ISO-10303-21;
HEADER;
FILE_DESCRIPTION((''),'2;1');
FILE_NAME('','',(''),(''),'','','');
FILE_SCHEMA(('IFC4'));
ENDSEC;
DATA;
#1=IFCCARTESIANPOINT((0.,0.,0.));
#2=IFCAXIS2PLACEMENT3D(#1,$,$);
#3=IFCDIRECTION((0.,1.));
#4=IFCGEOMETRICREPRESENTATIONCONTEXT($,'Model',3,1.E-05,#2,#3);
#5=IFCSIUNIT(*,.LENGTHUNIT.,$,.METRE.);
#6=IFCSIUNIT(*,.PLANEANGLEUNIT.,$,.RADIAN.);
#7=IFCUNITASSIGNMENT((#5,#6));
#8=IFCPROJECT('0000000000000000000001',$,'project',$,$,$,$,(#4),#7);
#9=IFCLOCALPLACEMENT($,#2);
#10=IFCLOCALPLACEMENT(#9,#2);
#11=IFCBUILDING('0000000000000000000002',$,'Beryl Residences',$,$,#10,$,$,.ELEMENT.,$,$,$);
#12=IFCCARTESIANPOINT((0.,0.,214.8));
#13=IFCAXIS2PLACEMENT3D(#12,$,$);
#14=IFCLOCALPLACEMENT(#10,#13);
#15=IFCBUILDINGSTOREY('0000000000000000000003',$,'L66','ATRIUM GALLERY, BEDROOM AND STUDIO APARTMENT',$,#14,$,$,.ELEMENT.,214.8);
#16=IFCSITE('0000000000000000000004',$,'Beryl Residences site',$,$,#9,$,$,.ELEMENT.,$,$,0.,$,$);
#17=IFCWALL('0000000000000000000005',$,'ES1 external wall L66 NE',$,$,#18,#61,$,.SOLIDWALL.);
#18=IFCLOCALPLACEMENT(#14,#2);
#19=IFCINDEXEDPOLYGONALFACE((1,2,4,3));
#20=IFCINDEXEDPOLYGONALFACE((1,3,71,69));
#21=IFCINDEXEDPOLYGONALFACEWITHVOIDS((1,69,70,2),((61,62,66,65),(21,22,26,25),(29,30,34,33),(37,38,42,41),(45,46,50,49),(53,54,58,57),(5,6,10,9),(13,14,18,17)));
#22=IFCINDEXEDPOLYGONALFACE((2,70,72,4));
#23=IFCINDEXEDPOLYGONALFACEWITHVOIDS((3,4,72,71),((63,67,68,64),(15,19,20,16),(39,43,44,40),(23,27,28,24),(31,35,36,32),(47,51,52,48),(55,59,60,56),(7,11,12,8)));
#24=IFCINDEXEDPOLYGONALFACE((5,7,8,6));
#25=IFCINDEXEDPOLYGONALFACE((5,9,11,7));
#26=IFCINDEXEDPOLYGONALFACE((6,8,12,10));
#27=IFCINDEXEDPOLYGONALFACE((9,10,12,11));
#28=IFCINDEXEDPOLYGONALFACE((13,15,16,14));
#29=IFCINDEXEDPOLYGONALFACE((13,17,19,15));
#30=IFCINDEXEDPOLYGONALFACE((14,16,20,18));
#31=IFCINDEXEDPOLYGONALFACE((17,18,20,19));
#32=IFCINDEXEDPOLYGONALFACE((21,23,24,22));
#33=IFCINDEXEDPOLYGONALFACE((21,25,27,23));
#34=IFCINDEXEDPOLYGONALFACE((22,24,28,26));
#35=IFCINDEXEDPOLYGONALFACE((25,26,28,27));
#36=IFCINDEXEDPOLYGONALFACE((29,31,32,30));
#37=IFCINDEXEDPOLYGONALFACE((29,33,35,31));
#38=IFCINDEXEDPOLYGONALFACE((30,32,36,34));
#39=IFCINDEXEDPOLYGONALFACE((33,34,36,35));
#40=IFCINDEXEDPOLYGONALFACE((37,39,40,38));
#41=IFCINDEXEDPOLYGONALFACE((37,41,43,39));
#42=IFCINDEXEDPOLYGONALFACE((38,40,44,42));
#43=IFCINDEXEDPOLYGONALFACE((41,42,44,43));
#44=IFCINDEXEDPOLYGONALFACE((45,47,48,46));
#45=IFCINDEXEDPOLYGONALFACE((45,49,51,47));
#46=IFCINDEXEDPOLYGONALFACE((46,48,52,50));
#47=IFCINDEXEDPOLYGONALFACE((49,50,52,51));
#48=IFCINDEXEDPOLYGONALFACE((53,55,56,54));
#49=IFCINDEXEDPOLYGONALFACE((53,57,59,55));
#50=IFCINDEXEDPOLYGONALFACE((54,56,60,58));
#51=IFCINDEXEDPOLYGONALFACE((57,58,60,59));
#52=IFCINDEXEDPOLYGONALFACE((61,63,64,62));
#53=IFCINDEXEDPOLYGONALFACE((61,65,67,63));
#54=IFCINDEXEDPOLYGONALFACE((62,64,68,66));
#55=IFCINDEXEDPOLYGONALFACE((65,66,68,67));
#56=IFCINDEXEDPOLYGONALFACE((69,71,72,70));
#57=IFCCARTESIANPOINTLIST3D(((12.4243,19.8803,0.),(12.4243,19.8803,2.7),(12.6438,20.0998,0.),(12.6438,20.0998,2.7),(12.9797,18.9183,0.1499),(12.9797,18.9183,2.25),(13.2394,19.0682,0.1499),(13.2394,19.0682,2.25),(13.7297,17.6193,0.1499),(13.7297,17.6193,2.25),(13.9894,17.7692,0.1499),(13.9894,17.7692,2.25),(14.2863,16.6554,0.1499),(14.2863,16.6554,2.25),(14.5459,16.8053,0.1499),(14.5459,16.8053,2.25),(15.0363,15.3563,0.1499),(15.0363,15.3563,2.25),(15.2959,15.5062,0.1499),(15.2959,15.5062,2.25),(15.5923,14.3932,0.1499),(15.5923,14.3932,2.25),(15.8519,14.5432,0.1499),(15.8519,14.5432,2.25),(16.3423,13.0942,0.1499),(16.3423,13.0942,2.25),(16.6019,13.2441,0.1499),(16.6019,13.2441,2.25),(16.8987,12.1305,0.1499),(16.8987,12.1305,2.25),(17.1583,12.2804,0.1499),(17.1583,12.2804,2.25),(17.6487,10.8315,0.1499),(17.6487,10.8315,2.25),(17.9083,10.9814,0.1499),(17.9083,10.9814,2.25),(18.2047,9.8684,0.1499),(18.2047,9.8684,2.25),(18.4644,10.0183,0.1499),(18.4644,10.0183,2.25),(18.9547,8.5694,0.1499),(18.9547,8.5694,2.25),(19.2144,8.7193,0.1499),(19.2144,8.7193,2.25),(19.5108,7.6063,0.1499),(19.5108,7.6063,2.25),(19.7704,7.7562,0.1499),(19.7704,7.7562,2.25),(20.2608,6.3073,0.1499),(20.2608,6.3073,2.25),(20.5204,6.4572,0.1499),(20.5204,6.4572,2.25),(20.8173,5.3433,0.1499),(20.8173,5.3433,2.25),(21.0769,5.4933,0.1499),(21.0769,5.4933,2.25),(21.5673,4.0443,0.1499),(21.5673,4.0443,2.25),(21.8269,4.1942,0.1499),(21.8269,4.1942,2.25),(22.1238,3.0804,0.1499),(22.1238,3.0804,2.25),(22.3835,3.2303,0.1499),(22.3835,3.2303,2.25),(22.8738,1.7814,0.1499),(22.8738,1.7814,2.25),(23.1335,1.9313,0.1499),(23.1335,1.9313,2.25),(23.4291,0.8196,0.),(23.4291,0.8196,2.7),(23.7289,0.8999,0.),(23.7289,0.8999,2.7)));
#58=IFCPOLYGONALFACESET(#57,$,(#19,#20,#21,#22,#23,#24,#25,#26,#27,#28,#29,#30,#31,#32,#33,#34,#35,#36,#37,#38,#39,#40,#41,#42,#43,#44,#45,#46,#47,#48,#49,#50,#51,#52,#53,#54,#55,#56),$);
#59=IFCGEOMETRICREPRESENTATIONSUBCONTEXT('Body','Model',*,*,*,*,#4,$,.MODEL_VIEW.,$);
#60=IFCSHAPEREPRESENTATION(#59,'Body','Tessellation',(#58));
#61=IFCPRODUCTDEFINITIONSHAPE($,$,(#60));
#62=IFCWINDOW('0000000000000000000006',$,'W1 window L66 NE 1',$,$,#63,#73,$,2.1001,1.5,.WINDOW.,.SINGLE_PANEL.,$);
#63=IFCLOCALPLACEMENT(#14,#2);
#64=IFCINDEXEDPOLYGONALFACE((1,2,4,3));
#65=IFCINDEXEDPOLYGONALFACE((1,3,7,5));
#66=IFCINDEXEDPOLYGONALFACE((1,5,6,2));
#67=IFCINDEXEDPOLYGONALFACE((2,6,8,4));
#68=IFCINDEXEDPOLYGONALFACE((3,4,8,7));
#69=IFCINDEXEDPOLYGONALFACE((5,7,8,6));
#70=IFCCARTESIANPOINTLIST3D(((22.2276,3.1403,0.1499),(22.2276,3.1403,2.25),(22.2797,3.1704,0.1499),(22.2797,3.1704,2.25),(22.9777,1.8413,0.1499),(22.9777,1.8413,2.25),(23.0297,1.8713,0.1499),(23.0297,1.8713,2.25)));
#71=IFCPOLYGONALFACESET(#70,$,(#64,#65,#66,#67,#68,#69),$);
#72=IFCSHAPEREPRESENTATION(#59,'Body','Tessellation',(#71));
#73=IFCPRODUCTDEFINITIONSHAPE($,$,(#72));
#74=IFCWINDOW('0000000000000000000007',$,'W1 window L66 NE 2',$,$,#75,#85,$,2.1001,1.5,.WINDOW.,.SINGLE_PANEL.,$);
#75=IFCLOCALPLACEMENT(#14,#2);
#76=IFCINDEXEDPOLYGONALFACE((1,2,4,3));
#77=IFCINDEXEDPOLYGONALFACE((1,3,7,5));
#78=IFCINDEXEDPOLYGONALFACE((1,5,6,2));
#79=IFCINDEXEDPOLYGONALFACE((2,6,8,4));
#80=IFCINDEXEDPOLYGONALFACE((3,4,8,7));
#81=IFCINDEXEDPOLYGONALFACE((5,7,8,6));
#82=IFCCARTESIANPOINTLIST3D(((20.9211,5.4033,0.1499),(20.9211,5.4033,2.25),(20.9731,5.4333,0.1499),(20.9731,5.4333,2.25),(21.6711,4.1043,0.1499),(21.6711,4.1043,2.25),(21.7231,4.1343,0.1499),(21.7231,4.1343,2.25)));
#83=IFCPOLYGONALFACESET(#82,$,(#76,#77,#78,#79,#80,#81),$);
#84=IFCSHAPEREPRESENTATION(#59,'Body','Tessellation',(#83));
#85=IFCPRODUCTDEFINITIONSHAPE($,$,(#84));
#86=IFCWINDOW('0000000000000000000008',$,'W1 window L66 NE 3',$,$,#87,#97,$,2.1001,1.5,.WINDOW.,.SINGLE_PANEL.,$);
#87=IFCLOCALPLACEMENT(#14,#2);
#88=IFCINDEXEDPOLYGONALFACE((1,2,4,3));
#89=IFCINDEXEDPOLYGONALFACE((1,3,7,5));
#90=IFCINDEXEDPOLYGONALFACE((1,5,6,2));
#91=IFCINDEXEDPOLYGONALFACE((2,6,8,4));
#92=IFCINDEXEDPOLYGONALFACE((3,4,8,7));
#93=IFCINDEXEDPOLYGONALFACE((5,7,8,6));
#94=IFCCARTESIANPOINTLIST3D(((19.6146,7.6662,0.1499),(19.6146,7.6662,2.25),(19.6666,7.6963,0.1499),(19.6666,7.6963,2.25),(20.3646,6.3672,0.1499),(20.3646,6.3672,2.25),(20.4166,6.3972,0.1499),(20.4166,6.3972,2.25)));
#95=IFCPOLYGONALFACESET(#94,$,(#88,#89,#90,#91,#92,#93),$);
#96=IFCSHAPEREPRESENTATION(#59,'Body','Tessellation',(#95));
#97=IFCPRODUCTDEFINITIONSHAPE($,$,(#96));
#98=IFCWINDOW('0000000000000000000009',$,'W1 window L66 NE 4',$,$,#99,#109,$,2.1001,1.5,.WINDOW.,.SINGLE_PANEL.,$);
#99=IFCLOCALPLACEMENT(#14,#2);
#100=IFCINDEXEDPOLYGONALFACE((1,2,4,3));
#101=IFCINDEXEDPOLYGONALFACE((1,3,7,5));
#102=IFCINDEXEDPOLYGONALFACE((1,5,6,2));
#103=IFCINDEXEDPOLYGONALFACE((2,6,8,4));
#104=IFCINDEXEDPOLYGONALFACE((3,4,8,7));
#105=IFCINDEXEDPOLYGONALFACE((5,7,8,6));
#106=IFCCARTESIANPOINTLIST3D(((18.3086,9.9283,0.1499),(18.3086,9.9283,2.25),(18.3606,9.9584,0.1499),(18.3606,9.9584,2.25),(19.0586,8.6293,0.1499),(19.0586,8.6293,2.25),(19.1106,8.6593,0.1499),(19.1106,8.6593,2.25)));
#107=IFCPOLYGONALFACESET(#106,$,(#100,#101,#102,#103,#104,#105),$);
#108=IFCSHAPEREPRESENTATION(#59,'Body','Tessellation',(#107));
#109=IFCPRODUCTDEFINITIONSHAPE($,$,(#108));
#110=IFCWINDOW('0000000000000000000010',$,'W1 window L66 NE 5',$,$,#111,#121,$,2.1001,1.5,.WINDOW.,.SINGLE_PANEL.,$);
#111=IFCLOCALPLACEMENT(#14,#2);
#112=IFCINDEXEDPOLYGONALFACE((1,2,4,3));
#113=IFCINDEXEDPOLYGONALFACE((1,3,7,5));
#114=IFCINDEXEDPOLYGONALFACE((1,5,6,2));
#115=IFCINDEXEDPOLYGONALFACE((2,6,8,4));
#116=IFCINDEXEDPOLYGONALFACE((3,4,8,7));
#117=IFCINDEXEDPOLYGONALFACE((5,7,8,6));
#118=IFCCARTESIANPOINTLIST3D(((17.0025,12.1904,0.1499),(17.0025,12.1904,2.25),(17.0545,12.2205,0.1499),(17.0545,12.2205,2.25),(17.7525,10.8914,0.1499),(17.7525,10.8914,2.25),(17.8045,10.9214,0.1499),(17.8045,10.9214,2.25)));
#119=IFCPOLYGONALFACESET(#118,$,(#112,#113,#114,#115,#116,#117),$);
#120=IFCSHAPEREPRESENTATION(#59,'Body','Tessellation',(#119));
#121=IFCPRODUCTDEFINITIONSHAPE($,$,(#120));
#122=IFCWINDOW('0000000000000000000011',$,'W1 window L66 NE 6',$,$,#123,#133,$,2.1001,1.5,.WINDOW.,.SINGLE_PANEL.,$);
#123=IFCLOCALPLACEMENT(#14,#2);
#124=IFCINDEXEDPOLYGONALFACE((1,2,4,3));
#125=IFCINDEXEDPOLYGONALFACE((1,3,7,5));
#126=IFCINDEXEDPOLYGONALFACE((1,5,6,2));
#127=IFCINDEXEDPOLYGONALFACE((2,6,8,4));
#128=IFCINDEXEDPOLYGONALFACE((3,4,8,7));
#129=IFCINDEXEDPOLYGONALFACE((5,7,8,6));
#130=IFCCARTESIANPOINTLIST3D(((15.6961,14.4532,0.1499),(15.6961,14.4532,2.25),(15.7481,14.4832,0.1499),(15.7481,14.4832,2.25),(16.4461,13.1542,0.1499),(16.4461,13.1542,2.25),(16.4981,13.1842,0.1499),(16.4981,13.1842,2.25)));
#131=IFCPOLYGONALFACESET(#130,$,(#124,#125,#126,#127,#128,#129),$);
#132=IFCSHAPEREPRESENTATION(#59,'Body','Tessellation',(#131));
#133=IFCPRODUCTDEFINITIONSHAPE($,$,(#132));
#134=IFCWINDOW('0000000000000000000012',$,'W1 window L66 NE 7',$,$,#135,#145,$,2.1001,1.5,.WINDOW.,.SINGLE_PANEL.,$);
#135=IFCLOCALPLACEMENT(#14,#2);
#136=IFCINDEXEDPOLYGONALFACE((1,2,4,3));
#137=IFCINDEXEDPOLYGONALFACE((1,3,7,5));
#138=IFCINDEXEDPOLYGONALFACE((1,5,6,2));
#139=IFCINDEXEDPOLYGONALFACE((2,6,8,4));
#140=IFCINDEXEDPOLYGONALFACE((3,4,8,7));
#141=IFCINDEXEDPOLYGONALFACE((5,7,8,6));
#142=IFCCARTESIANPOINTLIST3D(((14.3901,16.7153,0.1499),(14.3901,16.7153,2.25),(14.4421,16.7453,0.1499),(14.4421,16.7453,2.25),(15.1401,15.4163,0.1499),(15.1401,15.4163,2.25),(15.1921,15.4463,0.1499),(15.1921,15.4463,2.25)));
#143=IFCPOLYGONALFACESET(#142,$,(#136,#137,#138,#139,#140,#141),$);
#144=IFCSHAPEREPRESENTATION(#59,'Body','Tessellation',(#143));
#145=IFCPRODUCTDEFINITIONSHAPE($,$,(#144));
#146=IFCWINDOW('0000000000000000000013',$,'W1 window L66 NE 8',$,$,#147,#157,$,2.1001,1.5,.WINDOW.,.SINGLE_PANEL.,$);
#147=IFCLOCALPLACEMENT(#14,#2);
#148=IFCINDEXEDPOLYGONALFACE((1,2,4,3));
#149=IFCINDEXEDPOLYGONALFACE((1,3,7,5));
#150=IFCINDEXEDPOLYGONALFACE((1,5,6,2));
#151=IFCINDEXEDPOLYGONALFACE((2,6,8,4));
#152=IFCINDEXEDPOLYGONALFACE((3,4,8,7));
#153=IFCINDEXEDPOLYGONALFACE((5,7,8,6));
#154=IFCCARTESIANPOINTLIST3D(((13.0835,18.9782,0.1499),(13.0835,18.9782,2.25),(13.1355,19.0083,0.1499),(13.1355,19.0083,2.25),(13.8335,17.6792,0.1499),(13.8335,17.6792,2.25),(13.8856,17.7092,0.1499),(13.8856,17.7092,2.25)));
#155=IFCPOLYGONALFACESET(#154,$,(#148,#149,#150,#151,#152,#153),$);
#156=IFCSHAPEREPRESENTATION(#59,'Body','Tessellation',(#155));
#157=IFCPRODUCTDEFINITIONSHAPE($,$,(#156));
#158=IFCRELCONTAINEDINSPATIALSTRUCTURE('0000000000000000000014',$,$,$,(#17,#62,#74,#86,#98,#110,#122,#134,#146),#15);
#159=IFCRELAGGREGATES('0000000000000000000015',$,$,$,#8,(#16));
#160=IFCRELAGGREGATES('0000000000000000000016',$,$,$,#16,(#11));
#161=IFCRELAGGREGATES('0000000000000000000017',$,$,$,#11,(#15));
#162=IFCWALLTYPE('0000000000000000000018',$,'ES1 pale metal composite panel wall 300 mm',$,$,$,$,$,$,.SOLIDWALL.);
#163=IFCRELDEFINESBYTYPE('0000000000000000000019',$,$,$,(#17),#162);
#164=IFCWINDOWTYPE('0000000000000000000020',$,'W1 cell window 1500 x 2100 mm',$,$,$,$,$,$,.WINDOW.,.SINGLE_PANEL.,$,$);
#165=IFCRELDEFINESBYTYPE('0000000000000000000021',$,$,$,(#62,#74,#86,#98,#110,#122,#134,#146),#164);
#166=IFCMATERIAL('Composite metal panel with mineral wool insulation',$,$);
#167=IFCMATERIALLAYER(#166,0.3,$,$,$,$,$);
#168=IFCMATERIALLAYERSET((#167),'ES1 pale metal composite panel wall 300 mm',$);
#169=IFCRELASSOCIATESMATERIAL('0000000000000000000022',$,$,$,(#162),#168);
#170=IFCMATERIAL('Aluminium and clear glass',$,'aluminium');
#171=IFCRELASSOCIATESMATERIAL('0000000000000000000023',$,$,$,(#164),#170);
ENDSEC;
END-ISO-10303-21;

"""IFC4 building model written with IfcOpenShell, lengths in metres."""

from ifc_helpers import new_model, si_unit, direction, frame, frame_2d, origin, place, context, subcontext, project, spatial, polyline, rectangle, outline, extrude, material, layer, layer_set, type_object, element, fill, save


model = new_model("IFC4")

# Units and contexts
model_context = context("Model", 3, precision=1e-05, world=origin(), true_north=direction((0.0, 1.0)))
body_context = subcontext(model_context, "Body", "Model", "MODEL_VIEW")
ifc_project = project(units=[si_unit("LENGTHUNIT", "METRE"), si_unit("PLANEANGLEUNIT", "RADIAN")], contexts=[model_context])

# Site, building, storey
site_placement = place(None, origin())
site = spatial("IfcSite", under=ifc_project, at=site_placement, Name="Beryl Residences site", CompositionType="ELEMENT", RefElevation=0.0)
building_placement = place(site_placement, origin())
building = spatial("IfcBuilding", under=site, at=building_placement, Name="Beryl Residences", CompositionType="ELEMENT")
storey_placement = place(building_placement, frame((0.0, 0.0, 214.8)))
storey = spatial("IfcBuildingStorey", under=building, at=storey_placement, Name="L66", Description="ATRIUM GALLERY, BEDROOM AND STUDIO APARTMENT", CompositionType="ELEMENT", Elevation=214.8)

# Wall, openings, windows
ifc_material_1 = material(Name="Composite metal panel with mineral wool insulation")
ifc_layer_1 = layer(ifc_material_1, 0.3)
ifc_layer_set_1 = layer_set([ifc_layer_1], Name="ES1 pale metal composite panel wall 300 mm")
wall_type_1 = type_object("IfcWallType", Name="ES1 pale metal composite panel wall 300 mm", PredefinedType="SOLIDWALL", material=ifc_layer_set_1)
wall_1_placement = place(storey_placement, frame((23.5991, 0.825, 0.0), z_axis=(0.0, 0.0, 1.0), x_axis=(-0.500004, 0.866023, 0.0)))
wall_1 = element("IfcWall", 1, at=wall_1_placement, inside=storey, type_object=wall_type_1, Name="ES1 external wall L66 NE", PredefinedType="SOLIDWALL", context=body_context, shape_type="SweptSolid", body=[
    extrude(outline(polyline([(0.0, -0.1499), (22.1702, -0.1499), (22.0898, 0.1499), (0.0803, 0.1499), (0.0, -0.1499)])), origin(), (0.0, 0.0, 1.0), 2.7),
])
opening_1_placement = place(wall_1_placement, frame((1.1909, 0.0, 0.1499)))
opening_1 = element("IfcOpeningElement", 2, at=opening_1_placement, cuts=wall_1, PredefinedType="OPENING", context=body_context, shape_type="SweptSolid", body=[
    extrude(rectangle(XDim=1.5, YDim=2.1001, at=frame_2d((0.75, 1.05))), frame((0.0, 0.1599, 0.0), z_axis=(0.0, -1.0, 0.0), x_axis=(1.0, 0.0, 0.0)), (0.0, 0.0, 1.0), 0.3201),
])
opening_2_placement = place(wall_1_placement, frame((3.804, 0.0, 0.1499)))
opening_2 = element("IfcOpeningElement", 3, at=opening_2_placement, cuts=wall_1, PredefinedType="OPENING", context=body_context, shape_type="SweptSolid", body=[
    extrude(rectangle(XDim=1.5, YDim=2.1001, at=frame_2d((0.75, 1.05))), frame((0.0, 0.1599, 0.0), z_axis=(0.0, -1.0, 0.0), x_axis=(1.0, 0.0, 0.0)), (0.0, 0.0, 1.0), 0.3201),
])
opening_3_placement = place(wall_1_placement, frame((6.417, 0.0, 0.1499)))
opening_3 = element("IfcOpeningElement", 4, at=opening_3_placement, cuts=wall_1, PredefinedType="OPENING", context=body_context, shape_type="SweptSolid", body=[
    extrude(rectangle(XDim=1.5, YDim=2.1001, at=frame_2d((0.75, 1.05))), frame((0.0, 0.1599, 0.0), z_axis=(0.0, -1.0, 0.0), x_axis=(1.0, 0.0, 0.0)), (0.0, 0.0, 1.0), 0.3201),
])
opening_4_placement = place(wall_1_placement, frame((9.0291, 0.0, 0.1499)))
opening_4 = element("IfcOpeningElement", 5, at=opening_4_placement, cuts=wall_1, PredefinedType="OPENING", context=body_context, shape_type="SweptSolid", body=[
    extrude(rectangle(XDim=1.5, YDim=2.1001, at=frame_2d((0.75, 1.05))), frame((0.0, 0.1599, 0.0), z_axis=(0.0, -1.0, 0.0), x_axis=(1.0, 0.0, 0.0)), (0.0, 0.0, 1.0), 0.3201),
])
opening_5_placement = place(wall_1_placement, frame((11.6411, 0.0, 0.1499)))
opening_5 = element("IfcOpeningElement", 6, at=opening_5_placement, cuts=wall_1, PredefinedType="OPENING", context=body_context, shape_type="SweptSolid", body=[
    extrude(rectangle(XDim=1.5, YDim=2.1001, at=frame_2d((0.75, 1.05))), frame((0.0, 0.1599, 0.0), z_axis=(0.0, -1.0, 0.0), x_axis=(1.0, 0.0, 0.0)), (0.0, 0.0, 1.0), 0.3201),
])
opening_6_placement = place(wall_1_placement, frame((14.2539, 0.0, 0.1499)))
opening_6 = element("IfcOpeningElement", 7, at=opening_6_placement, cuts=wall_1, PredefinedType="OPENING", context=body_context, shape_type="SweptSolid", body=[
    extrude(rectangle(XDim=1.5, YDim=2.1001, at=frame_2d((0.75, 1.05))), frame((0.0, 0.1599, 0.0), z_axis=(0.0, -1.0, 0.0), x_axis=(1.0, 0.0, 0.0)), (0.0, 0.0, 1.0), 0.3201),
])
opening_7_placement = place(wall_1_placement, frame((16.866, 0.0, 0.1499)))
opening_7 = element("IfcOpeningElement", 8, at=opening_7_placement, cuts=wall_1, PredefinedType="OPENING", context=body_context, shape_type="SweptSolid", body=[
    extrude(rectangle(XDim=1.5, YDim=2.1001, at=frame_2d((0.75, 1.05))), frame((0.0, 0.1599, 0.0), z_axis=(0.0, -1.0, 0.0), x_axis=(1.0, 0.0, 0.0)), (0.0, 0.0, 1.0), 0.3201),
])
opening_8_placement = place(wall_1_placement, frame((19.479, 0.0, 0.1499)))
opening_8 = element("IfcOpeningElement", 9, at=opening_8_placement, cuts=wall_1, PredefinedType="OPENING", context=body_context, shape_type="SweptSolid", body=[
    extrude(rectangle(XDim=1.5, YDim=2.1001, at=frame_2d((0.75, 1.05))), frame((0.0, 0.1599, 0.0), z_axis=(0.0, -1.0, 0.0), x_axis=(1.0, 0.0, 0.0)), (0.0, 0.0, 1.0), 0.3201),
])
ifc_material_2 = material(Name="Aluminium and clear glass", Category="aluminium")
window_type = type_object("IfcWindowType", Name="W1 cell window 1500 x 2100 mm", PartitioningType="SINGLE_PANEL", PredefinedType="WINDOW", material=ifc_material_2)
window_1_placement = place(opening_1_placement, origin())
window_1 = element("IfcWindow", 10, at=window_1_placement, inside=storey, type_object=window_type, Name="W1 window L66 NE 1", OverallHeight=2.1001, OverallWidth=1.5, PartitioningType="SINGLE_PANEL", PredefinedType="WINDOW", context=body_context, shape_type="SweptSolid", body=[
    extrude(rectangle(XDim=1.5, YDim=2.1001, at=frame_2d((0.75, 1.05))), frame((0.0, 0.03, 0.0), z_axis=(0.0, -1.0, 0.0), x_axis=(1.0, 0.0, 0.0)), (0.0, 0.0, 1.0), 0.0601),
])
fill(opening_1, window_1)
window_2_placement = place(opening_2_placement, origin())
window_2 = element("IfcWindow", 11, at=window_2_placement, inside=storey, type_object=window_type, Name="W1 window L66 NE 2", OverallHeight=2.1001, OverallWidth=1.5, PartitioningType="SINGLE_PANEL", PredefinedType="WINDOW", context=body_context, shape_type="SweptSolid", body=[
    extrude(rectangle(XDim=1.5, YDim=2.1001, at=frame_2d((0.75, 1.05))), frame((0.0, 0.03, 0.0), z_axis=(0.0, -1.0, 0.0), x_axis=(1.0, 0.0, 0.0)), (0.0, 0.0, 1.0), 0.0601),
])
fill(opening_2, window_2)
window_3_placement = place(opening_3_placement, origin())
window_3 = element("IfcWindow", 12, at=window_3_placement, inside=storey, type_object=window_type, Name="W1 window L66 NE 3", OverallHeight=2.1001, OverallWidth=1.5, PartitioningType="SINGLE_PANEL", PredefinedType="WINDOW", context=body_context, shape_type="SweptSolid", body=[
    extrude(rectangle(XDim=1.5, YDim=2.1001, at=frame_2d((0.75, 1.05))), frame((0.0, 0.03, 0.0), z_axis=(0.0, -1.0, 0.0), x_axis=(1.0, 0.0, 0.0)), (0.0, 0.0, 1.0), 0.0601),
])
fill(opening_3, window_3)
window_4_placement = place(opening_4_placement, origin())
window_4 = element("IfcWindow", 13, at=window_4_placement, inside=storey, type_object=window_type, Name="W1 window L66 NE 4", OverallHeight=2.1001, OverallWidth=1.5, PartitioningType="SINGLE_PANEL", PredefinedType="WINDOW", context=body_context, shape_type="SweptSolid", body=[
    extrude(rectangle(XDim=1.5, YDim=2.1001, at=frame_2d((0.75, 1.05))), frame((0.0, 0.03, 0.0), z_axis=(0.0, -1.0, 0.0), x_axis=(1.0, 0.0, 0.0)), (0.0, 0.0, 1.0), 0.0601),
])
fill(opening_4, window_4)
window_5_placement = place(opening_5_placement, origin())
window_5 = element("IfcWindow", 14, at=window_5_placement, inside=storey, type_object=window_type, Name="W1 window L66 NE 5", OverallHeight=2.1001, OverallWidth=1.5, PartitioningType="SINGLE_PANEL", PredefinedType="WINDOW", context=body_context, shape_type="SweptSolid", body=[
    extrude(rectangle(XDim=1.5, YDim=2.1001, at=frame_2d((0.75, 1.05))), frame((0.0, 0.03, 0.0), z_axis=(0.0, -1.0, 0.0), x_axis=(1.0, 0.0, 0.0)), (0.0, 0.0, 1.0), 0.0601),
])
fill(opening_5, window_5)
window_6_placement = place(opening_6_placement, origin())
window_6 = element("IfcWindow", 15, at=window_6_placement, inside=storey, type_object=window_type, Name="W1 window L66 NE 6", OverallHeight=2.1001, OverallWidth=1.5, PartitioningType="SINGLE_PANEL", PredefinedType="WINDOW", context=body_context, shape_type="SweptSolid", body=[
    extrude(rectangle(XDim=1.5, YDim=2.1001, at=frame_2d((0.75, 1.05))), frame((0.0, 0.03, 0.0), z_axis=(0.0, -1.0, 0.0), x_axis=(1.0, 0.0, 0.0)), (0.0, 0.0, 1.0), 0.0601),
])
fill(opening_6, window_6)
window_7_placement = place(opening_7_placement, origin())
window_7 = element("IfcWindow", 16, at=window_7_placement, inside=storey, type_object=window_type, Name="W1 window L66 NE 7", OverallHeight=2.1001, OverallWidth=1.5, PartitioningType="SINGLE_PANEL", PredefinedType="WINDOW", context=body_context, shape_type="SweptSolid", body=[
    extrude(rectangle(XDim=1.5, YDim=2.1001, at=frame_2d((0.75, 1.05))), frame((0.0, 0.03, 0.0), z_axis=(0.0, -1.0, 0.0), x_axis=(1.0, 0.0, 0.0)), (0.0, 0.0, 1.0), 0.0601),
])
fill(opening_7, window_7)
window_8_placement = place(opening_8_placement, origin())
window_8 = element("IfcWindow", 17, at=window_8_placement, inside=storey, type_object=window_type, Name="W1 window L66 NE 8", OverallHeight=2.1001, OverallWidth=1.5, PartitioningType="SINGLE_PANEL", PredefinedType="WINDOW", context=body_context, shape_type="SweptSolid", body=[
    extrude(rectangle(XDim=1.5, YDim=2.1001, at=frame_2d((0.75, 1.05))), frame((0.0, 0.03, 0.0), z_axis=(0.0, -1.0, 0.0), x_axis=(1.0, 0.0, 0.0)), (0.0, 0.0, 1.0), 0.0601),
])
fill(opening_8, window_8)

save(model, "model.ifc")
